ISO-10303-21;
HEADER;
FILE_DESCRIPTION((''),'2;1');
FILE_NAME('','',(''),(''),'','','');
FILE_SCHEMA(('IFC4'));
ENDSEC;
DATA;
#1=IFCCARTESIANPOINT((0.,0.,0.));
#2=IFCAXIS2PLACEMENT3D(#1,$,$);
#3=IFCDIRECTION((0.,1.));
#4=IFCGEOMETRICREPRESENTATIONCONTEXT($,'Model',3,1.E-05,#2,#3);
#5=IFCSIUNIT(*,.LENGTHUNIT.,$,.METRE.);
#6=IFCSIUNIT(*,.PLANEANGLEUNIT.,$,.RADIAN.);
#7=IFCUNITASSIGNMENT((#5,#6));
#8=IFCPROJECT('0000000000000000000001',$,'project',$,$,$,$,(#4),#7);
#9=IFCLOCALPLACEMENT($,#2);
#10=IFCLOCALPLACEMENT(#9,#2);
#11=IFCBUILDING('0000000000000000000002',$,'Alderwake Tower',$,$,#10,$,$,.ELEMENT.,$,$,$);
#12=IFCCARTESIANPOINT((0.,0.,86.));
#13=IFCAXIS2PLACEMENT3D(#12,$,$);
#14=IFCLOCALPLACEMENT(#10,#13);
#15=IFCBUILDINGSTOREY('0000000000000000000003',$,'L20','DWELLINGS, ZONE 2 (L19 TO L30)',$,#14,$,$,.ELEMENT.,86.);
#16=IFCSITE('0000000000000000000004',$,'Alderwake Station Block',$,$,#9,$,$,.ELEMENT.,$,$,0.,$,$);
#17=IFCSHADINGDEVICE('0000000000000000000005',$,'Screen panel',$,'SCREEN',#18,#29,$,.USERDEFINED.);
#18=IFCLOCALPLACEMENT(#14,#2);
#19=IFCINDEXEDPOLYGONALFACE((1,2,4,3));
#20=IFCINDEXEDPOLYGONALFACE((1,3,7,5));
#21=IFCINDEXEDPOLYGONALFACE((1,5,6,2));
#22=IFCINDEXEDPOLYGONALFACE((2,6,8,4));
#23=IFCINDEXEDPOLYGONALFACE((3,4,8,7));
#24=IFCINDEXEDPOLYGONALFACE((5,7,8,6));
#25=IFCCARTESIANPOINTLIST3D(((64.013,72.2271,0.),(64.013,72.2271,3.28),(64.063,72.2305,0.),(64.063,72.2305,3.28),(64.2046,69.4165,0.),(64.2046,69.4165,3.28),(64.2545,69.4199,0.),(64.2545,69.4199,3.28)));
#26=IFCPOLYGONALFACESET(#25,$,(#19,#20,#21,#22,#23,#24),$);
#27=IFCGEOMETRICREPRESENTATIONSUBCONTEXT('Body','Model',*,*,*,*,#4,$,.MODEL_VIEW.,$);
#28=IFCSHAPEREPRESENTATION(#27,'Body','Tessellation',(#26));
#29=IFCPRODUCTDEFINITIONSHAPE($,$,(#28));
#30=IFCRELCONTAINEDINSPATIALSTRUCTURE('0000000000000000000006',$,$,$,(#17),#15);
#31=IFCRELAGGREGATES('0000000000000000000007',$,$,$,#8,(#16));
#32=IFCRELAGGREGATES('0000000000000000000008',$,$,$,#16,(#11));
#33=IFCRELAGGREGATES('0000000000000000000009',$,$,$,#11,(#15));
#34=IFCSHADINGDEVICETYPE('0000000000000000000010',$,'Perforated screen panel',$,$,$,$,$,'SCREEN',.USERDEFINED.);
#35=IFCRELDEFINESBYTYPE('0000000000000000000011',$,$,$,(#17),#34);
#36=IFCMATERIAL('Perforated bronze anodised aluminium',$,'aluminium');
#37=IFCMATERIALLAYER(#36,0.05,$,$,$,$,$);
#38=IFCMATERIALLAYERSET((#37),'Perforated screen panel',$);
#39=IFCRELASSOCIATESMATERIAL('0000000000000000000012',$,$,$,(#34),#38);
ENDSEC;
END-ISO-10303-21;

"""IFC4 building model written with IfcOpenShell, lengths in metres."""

from ifc_helpers import new_model, si_unit, direction, frame, origin, origin_2d, place, context, subcontext, project, spatial, rectangle, extrude, material, layer, layer_set, type_object, element, save


model = new_model("IFC4")

# Units and contexts
model_context = context("Model", 3, precision=1e-05, world=origin(), true_north=direction((0.0, 1.0)))
body_context = subcontext(model_context, "Body", "Model", "MODEL_VIEW")
ifc_project = project(units=[si_unit("LENGTHUNIT", "METRE"), si_unit("PLANEANGLEUNIT", "RADIAN")], contexts=[model_context])

# Site, building, storey
site_placement = place(None, origin())
site = spatial("IfcSite", under=ifc_project, at=site_placement, Name="Alderwake Station Block", CompositionType="ELEMENT", RefElevation=0.0)
building_placement = place(site_placement, origin())
building = spatial("IfcBuilding", under=site, at=building_placement, Name="Alderwake Tower", CompositionType="ELEMENT")
storey_placement = place(building_placement, frame((0.0, 0.0, 86.0)))
storey = spatial("IfcBuildingStorey", under=building, at=storey_placement, Name="L20", Description="DWELLINGS, ZONE 2 (L19 TO L30)", CompositionType="ELEMENT", Elevation=86.0)

# Shading device
ifc_material_1 = material(Name="Perforated bronze anodised aluminium", Category="aluminium")
ifc_layer_1 = layer(ifc_material_1, 0.05)
ifc_layer_set_1 = layer_set([ifc_layer_1], Name="Perforated screen panel")
shading_device_type_1 = type_object("IfcShadingDeviceType", Name="Perforated screen panel", ElementType="SCREEN", PredefinedType="USERDEFINED", material=ifc_layer_set_1)
shading_device_placement = place(storey_placement, frame((64.1338, 70.8235, 0.0), z_axis=(0.0, 0.0, 1.0), x_axis=(0.997685, 0.067998, 0.0)))
element("IfcShadingDevice", 1, at=shading_device_placement, inside=storey, type_object=shading_device_type_1, Name="Screen panel", ObjectType="SCREEN", PredefinedType="USERDEFINED", context=body_context, shape_type="SweptSolid", body=[
    extrude(rectangle(XDim=0.05, YDim=2.8171, at=origin_2d()), origin(), (0.0, 0.0, 1.0), 3.28),
])

save(model, "model.ifc")
